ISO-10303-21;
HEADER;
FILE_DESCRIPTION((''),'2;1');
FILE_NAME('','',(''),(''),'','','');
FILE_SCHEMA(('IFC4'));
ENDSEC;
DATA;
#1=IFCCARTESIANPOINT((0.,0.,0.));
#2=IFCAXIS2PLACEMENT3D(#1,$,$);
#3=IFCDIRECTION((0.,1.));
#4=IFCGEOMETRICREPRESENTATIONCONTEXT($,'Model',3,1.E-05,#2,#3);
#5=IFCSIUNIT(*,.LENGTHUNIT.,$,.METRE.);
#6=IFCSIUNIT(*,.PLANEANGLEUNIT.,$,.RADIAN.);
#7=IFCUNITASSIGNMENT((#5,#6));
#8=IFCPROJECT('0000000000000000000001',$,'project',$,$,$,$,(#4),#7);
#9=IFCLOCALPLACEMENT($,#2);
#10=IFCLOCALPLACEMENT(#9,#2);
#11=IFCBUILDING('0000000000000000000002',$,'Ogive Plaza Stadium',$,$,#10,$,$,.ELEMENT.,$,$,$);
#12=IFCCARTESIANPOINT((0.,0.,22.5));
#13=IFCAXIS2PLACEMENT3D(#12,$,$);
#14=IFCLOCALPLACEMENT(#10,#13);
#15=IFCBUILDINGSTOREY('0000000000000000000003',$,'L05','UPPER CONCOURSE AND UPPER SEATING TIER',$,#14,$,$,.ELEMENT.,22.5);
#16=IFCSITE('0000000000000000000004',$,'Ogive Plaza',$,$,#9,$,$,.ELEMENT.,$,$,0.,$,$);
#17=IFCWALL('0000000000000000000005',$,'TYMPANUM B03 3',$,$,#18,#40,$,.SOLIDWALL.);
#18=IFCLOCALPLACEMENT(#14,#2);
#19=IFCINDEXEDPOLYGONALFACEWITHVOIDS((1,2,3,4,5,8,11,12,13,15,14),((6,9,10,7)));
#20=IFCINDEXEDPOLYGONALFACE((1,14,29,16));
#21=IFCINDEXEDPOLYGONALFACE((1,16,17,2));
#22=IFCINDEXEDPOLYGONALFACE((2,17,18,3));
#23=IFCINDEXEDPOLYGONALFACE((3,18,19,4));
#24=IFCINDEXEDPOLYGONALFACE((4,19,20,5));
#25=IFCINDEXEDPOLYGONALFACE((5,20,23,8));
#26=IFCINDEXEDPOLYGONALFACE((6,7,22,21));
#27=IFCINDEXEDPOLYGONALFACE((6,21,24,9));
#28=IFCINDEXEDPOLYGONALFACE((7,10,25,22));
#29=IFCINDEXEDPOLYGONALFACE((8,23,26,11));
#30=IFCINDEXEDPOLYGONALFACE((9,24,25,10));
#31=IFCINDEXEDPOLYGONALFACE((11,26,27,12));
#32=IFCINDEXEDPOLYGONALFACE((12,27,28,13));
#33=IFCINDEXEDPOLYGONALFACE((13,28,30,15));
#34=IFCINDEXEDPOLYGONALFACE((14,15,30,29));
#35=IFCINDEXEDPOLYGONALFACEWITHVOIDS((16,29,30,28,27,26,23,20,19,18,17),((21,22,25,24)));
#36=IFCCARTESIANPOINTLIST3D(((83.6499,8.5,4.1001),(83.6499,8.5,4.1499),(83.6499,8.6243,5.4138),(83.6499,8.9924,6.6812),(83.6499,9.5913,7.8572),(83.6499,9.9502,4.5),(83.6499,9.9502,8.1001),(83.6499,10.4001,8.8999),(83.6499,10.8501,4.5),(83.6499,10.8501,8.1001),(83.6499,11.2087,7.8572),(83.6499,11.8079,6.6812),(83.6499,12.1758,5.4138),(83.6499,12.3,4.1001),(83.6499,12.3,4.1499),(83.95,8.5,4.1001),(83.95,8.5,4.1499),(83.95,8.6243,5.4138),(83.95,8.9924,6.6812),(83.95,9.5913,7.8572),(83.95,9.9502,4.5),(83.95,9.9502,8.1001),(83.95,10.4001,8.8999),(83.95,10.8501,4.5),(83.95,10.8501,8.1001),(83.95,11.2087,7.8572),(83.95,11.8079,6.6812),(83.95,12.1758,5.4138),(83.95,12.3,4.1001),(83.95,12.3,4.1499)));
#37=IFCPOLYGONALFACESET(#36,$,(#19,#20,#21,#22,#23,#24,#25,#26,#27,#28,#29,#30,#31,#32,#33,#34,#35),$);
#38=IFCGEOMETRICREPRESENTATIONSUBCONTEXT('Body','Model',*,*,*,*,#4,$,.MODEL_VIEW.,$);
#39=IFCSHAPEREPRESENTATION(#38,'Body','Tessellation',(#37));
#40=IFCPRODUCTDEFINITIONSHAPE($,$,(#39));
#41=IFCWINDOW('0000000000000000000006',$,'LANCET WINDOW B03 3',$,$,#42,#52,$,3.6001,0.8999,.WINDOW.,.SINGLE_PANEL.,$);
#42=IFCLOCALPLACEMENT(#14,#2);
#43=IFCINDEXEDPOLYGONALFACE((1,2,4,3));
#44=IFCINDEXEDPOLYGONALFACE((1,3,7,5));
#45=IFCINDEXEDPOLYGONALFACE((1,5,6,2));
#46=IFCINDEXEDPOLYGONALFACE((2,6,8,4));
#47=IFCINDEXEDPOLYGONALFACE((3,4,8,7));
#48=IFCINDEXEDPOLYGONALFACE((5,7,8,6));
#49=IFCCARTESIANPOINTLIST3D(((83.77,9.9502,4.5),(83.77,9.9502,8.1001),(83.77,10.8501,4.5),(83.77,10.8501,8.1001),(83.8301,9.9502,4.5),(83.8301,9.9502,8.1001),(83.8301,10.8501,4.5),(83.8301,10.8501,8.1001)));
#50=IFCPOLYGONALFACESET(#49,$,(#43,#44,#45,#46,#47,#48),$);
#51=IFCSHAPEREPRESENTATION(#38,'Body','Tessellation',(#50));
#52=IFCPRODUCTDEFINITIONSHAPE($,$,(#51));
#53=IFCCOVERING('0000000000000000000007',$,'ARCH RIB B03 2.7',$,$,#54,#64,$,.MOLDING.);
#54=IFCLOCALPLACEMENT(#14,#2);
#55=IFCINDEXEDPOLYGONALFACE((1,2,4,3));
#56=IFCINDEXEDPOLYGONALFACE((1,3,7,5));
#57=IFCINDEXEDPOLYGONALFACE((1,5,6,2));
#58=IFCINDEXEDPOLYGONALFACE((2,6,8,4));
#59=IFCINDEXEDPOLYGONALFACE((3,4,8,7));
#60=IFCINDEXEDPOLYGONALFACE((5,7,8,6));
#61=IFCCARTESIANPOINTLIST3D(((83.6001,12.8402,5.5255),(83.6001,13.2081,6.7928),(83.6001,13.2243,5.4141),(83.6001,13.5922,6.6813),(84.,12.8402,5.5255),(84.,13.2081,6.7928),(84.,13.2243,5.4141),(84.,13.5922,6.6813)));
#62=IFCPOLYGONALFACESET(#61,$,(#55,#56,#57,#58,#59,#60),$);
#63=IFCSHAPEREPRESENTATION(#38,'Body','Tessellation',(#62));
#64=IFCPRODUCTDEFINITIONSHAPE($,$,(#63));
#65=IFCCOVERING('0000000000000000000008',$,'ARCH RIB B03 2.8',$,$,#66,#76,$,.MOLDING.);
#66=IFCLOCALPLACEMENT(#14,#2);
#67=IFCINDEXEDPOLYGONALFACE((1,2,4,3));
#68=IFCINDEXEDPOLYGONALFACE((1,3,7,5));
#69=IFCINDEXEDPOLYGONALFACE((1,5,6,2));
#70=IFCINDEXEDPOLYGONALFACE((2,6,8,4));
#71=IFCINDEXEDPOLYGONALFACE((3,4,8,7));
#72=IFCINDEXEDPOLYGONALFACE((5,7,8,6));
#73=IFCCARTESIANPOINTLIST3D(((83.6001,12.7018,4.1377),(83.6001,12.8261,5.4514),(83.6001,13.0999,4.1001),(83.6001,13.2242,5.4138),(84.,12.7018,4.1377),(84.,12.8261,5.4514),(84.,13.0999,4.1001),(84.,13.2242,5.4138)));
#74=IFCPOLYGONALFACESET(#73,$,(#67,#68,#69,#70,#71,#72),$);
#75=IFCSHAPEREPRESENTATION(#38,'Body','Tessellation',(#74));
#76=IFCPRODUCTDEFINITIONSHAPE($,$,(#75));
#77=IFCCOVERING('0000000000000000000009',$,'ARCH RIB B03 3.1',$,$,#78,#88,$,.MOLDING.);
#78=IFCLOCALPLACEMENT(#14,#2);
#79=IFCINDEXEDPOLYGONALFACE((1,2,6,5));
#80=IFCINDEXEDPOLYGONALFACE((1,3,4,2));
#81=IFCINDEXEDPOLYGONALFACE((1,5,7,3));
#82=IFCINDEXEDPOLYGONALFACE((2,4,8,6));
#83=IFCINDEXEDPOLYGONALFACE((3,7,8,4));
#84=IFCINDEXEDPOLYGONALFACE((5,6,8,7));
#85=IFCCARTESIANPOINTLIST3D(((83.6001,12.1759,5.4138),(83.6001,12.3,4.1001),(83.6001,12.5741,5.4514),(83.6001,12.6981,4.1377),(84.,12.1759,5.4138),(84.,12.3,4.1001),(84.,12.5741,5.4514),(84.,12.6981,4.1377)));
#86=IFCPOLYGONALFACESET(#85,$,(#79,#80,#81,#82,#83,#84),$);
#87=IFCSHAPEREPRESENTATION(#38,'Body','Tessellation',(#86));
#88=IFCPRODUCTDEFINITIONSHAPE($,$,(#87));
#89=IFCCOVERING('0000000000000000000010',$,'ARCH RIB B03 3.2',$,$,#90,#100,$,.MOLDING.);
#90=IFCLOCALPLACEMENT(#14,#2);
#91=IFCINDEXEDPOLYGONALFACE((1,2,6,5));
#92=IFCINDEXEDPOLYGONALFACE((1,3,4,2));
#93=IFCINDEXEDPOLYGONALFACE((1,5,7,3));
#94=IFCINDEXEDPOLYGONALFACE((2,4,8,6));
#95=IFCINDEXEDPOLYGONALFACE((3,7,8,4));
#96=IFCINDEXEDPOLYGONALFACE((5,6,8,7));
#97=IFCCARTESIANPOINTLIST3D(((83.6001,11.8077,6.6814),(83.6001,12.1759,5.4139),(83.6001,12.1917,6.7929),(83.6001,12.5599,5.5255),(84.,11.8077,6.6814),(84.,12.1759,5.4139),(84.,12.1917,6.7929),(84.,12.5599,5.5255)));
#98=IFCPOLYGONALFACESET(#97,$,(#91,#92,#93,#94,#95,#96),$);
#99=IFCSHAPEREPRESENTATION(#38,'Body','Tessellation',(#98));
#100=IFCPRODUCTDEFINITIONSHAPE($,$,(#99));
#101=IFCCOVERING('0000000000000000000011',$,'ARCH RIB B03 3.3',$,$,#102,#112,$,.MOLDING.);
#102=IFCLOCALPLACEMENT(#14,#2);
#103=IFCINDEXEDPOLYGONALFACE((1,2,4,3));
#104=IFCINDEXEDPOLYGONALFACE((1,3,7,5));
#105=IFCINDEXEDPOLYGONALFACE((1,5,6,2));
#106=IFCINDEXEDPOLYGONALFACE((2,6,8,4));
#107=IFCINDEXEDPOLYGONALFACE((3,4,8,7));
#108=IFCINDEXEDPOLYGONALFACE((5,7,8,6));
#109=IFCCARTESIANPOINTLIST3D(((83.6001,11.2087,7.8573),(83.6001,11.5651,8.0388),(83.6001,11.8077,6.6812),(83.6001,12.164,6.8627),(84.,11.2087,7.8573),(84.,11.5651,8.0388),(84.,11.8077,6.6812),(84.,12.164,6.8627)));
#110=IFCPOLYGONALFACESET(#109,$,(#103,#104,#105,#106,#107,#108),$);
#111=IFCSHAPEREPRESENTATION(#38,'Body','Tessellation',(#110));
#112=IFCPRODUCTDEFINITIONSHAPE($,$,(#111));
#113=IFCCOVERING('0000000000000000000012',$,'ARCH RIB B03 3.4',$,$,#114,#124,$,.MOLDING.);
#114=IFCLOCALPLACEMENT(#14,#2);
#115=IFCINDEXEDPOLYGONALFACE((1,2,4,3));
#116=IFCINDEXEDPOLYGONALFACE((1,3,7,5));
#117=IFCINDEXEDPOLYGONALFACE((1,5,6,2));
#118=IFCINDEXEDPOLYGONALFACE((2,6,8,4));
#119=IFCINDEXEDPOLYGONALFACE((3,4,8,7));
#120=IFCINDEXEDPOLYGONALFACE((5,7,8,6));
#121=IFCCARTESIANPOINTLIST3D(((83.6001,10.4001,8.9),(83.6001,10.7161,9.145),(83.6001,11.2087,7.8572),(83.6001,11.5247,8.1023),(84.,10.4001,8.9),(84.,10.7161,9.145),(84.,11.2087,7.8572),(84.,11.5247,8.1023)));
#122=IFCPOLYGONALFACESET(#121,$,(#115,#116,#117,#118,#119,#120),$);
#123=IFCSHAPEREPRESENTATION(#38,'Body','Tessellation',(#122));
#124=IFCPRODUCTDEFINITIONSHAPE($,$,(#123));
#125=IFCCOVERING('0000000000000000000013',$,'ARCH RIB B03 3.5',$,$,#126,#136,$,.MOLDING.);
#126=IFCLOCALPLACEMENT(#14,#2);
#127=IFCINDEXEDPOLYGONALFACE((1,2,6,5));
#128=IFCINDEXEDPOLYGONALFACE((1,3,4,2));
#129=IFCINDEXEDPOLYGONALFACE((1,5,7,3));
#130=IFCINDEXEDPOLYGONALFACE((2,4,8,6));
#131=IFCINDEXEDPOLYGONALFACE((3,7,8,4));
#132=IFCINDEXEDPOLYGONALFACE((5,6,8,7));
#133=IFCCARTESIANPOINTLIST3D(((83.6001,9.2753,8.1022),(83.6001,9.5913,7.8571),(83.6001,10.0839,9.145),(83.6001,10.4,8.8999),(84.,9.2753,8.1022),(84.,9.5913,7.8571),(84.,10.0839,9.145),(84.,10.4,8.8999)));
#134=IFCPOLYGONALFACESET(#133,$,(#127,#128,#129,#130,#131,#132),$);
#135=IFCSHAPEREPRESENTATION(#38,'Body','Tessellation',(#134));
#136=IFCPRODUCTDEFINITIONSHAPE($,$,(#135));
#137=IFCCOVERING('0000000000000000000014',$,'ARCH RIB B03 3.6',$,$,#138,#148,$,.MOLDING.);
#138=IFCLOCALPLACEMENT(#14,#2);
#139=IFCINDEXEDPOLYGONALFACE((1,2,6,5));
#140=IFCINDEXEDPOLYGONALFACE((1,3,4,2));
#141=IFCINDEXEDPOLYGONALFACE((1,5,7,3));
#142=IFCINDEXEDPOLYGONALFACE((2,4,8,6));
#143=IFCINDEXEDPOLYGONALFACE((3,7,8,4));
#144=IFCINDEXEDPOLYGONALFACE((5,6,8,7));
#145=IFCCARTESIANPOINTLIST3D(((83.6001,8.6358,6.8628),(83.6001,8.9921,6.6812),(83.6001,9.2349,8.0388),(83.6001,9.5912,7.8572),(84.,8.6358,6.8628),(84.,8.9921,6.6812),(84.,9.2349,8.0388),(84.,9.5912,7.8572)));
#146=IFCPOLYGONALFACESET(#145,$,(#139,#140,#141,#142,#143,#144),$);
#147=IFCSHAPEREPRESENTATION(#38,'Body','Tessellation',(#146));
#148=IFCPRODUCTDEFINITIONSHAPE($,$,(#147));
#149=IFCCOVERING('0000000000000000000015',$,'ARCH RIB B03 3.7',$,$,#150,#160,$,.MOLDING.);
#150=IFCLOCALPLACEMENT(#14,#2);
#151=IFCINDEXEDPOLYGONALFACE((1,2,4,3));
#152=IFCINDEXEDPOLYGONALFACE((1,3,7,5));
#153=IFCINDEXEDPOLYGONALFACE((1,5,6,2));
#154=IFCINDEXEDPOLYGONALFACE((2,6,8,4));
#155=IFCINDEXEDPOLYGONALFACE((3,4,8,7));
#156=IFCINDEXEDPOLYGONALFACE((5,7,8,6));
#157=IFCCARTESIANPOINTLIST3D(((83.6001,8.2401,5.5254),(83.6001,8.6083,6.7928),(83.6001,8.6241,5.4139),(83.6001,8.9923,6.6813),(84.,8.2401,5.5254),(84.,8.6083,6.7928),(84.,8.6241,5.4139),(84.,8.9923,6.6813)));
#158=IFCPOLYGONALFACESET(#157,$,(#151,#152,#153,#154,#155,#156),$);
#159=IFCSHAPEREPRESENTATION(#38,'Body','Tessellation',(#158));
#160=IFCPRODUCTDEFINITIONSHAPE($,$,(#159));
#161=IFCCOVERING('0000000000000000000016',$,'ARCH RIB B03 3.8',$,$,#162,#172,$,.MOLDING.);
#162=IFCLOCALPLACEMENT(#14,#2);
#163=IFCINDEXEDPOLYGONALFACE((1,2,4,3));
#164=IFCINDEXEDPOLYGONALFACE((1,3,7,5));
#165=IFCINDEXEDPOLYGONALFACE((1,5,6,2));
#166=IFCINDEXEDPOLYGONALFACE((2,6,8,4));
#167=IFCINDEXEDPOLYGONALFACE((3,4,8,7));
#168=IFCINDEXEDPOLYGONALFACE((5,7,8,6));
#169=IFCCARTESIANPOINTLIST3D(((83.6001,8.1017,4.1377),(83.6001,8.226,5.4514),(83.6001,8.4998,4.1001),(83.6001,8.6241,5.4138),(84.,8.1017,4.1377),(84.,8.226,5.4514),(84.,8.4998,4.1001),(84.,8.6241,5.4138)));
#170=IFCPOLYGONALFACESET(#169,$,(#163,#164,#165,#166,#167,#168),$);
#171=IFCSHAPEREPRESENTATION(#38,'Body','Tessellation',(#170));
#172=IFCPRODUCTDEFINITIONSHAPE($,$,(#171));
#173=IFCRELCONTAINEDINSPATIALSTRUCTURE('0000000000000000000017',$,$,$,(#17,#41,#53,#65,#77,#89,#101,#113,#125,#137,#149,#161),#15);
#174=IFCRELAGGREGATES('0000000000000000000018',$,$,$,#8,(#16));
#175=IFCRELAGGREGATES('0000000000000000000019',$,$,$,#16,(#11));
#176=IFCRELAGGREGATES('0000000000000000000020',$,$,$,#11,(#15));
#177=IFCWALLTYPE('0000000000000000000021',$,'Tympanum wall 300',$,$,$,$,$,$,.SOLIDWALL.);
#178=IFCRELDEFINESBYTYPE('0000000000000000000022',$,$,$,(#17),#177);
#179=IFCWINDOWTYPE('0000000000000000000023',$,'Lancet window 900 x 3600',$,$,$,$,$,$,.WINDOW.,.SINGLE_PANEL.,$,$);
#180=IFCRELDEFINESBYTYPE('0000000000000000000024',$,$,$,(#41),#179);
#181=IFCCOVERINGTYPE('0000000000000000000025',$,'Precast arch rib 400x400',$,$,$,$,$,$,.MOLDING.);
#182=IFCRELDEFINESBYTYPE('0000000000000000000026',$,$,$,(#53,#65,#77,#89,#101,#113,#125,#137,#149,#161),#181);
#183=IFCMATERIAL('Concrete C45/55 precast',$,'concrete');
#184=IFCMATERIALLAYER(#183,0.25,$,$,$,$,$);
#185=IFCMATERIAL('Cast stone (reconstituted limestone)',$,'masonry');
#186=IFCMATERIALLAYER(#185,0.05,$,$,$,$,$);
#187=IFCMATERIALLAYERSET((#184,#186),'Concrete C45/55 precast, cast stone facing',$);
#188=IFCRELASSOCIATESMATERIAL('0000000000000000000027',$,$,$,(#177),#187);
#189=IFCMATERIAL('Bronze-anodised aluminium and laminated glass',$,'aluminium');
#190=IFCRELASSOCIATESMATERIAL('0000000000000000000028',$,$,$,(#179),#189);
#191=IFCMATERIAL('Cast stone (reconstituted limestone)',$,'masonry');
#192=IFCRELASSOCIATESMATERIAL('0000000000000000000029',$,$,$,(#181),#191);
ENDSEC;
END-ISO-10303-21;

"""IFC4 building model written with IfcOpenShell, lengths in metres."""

from ifc_helpers import new_model, si_unit, direction, frame, frame_2d, origin, origin_2d, place, context, subcontext, project, spatial, polyline, rectangle, outline, extrude, material, layer, layer_set, material_profile, profile_set, type_object, element, fill, save


model = new_model("IFC4")

# Units and contexts
model_context = context("Model", 3, precision=1e-05, world=origin(), true_north=direction((0.0, 1.0)))
body_context = subcontext(model_context, "Body", "Model", "MODEL_VIEW")
ifc_project = project(units=[si_unit("LENGTHUNIT", "METRE"), si_unit("PLANEANGLEUNIT", "RADIAN")], contexts=[model_context])

# Site, building, storey
site_placement = place(None, origin())
site = spatial("IfcSite", under=ifc_project, at=site_placement, Name="Ogive Plaza", CompositionType="ELEMENT", RefElevation=0.0)
building_placement = place(site_placement, origin())
building = spatial("IfcBuilding", under=site, at=building_placement, Name="Ogive Plaza Stadium", CompositionType="ELEMENT")
storey_placement = place(building_placement, frame((0.0, 0.0, 22.5)))
storey = spatial("IfcBuildingStorey", under=building, at=storey_placement, Name="L05", Description="UPPER CONCOURSE AND UPPER SEATING TIER", CompositionType="ELEMENT", Elevation=22.5)

# Wall, opening, window
ifc_material_1 = material(Name="Concrete C45/55 precast", Category="concrete")
ifc_layer_1 = layer(ifc_material_1, 0.25)
ifc_material_2 = material(Name="Cast stone (reconstituted limestone)", Category="masonry")
ifc_layer_2 = layer(ifc_material_2, 0.05)
ifc_layer_set_1 = layer_set([ifc_layer_1, ifc_layer_2], Name="Concrete C45/55 precast, cast stone facing")
wall_type = type_object("IfcWallType", Name="Tympanum wall 300", PredefinedType="SOLIDWALL", material=ifc_layer_set_1)
wall_placement = place(storey_placement, frame((83.8, 12.3, 4.1001), z_axis=(0.0, 0.0, 1.0), x_axis=(0.0, -1.0, 0.0)))
wall = element("IfcWall", 1, at=wall_placement, inside=storey, type_object=wall_type, Name="TYMPANUM B03 3", PredefinedType="SOLIDWALL", context=body_context, shape_type="SweptSolid", body=[
    extrude(outline(polyline([(0.0, 0.0), (3.8, 0.0), (3.8, 0.0498), (3.6758, 1.3137), (3.3076, 2.5811), (2.7087, 3.7571), (1.8999, 4.7998), (1.0913, 3.7571), (0.4922, 2.5811), (0.1243, 1.3137), (0.0, 0.0498), (0.0, 0.0)])), frame((0.0, 0.1499, 0.0), z_axis=(0.0, -1.0, 0.0), x_axis=(1.0, 0.0, 0.0)), (0.0, 0.0, 1.0), 0.3),
])
opening_placement = place(wall_placement, frame((1.45, 0.0, 0.3999)))
opening = element("IfcOpeningElement", 2, at=opening_placement, cuts=wall, PredefinedType="OPENING", context=body_context, shape_type="SweptSolid", body=[
    extrude(rectangle(XDim=0.8999, YDim=3.6001, at=frame_2d((0.45, 1.8))), frame((0.0, 0.1602, 0.0), z_axis=(0.0, -1.0, 0.0), x_axis=(1.0, 0.0, 0.0)), (0.0, 0.0, 1.0), 0.3201),
])
ifc_material_3 = material(Name="Bronze-anodised aluminium and laminated glass", Category="aluminium")
window_type = type_object("IfcWindowType", Name="Lancet window 900 x 3600", PartitioningType="SINGLE_PANEL", PredefinedType="WINDOW", material=ifc_material_3)
window_placement = place(opening_placement, origin())
window = element("IfcWindow", 3, at=window_placement, inside=storey, type_object=window_type, Name="LANCET WINDOW B03 3", OverallHeight=3.6001, OverallWidth=0.8999, PartitioningType="SINGLE_PANEL", PredefinedType="WINDOW", context=body_context, shape_type="SweptSolid", body=[
    extrude(rectangle(XDim=0.8999, YDim=3.6001, at=frame_2d((0.45, 1.8))), frame((0.0, 0.03, 0.0), z_axis=(0.0, -1.0, 0.0), x_axis=(1.0, 0.0, 0.0)), (0.0, 0.0, 1.0), 0.0601),
])
fill(opening, window)

# Coverings
ifc_material_4 = material(Name="Cast stone (reconstituted limestone)", Category="masonry")
ifc_material_profile_1 = material_profile(ifc_material_4, rectangle(XDim=0.3999, YDim=0.3999, at=origin_2d()), Name="Cast stone 400x400")
ifc_profile_set_1 = profile_set([ifc_material_profile_1], Name="Cast stone (reconstituted limestone)")
covering_type = type_object("IfcCoveringType", Name="Precast arch rib 400x400", PredefinedType="MOLDING", material=ifc_profile_set_1)
for number, where, z_axis, x_axis, name in (
    (4, (83.8, 13.4001, 6.7371), (0.0, -0.278799, -0.960349), (1.0, 0.0, 0.0), "ARCH RIB B03 2.7"),
    (5, (83.8, 13.0251, 5.4326), (0.0, -0.094172, -0.995556), (1.0, 0.0, 0.0), "ARCH RIB B03 2.8"),
    (6, (83.8, 12.499, 4.1189), (0.0, -0.093988, 0.995573), (1.0, 0.0, 0.0), "ARCH RIB B03 3.1"),
):
    element("IfcCovering", number, at=place(storey_placement, frame(where, z_axis=z_axis, x_axis=x_axis)), inside=storey, type_object=covering_type, Name=name, PredefinedType="MOLDING", context=body_context, shape_type="SweptSolid", body=[
        extrude(rectangle(XDim=0.3999, YDim=0.3999, at=origin_2d()), origin(), (0.0, 0.0, 1.0), 1.3196),
    ])
for number, where, z_axis, x_axis, name in (
    (7, (83.8, 12.3679, 5.4697), (0.0, -0.27897, 0.9603), (1.0, 0.0, 0.0), "ARCH RIB B03 3.2"),
    (8, (83.8, 11.9858, 6.772), (0.0, -0.453787, 0.89111), (1.0, 0.0, 0.0), "ARCH RIB B03 3.3"),
):
    element("IfcCovering", number, at=place(storey_placement, frame(where, z_axis=z_axis, x_axis=x_axis)), inside=storey, type_object=covering_type, Name=name, PredefinedType="MOLDING", context=body_context, shape_type="SweptSolid", body=[
        extrude(rectangle(XDim=0.3999, YDim=0.3999, at=origin_2d()), origin(), (0.0, 0.0, 1.0), 1.3198),
    ])
for number, where, z_axis, x_axis, name in (
    (9, (83.8, 11.3667, 7.9797), (0.0, -0.6128, 0.790238), (1.0, 0.0, 0.0), "ARCH RIB B03 3.4"),
    (10, (83.8, 10.2419, 9.0225), (0.0, -0.6128, -0.790238), (1.0, 0.0, 0.0), "ARCH RIB B03 3.5"),
):
    element("IfcCovering", number, at=place(storey_placement, frame(where, z_axis=z_axis, x_axis=x_axis)), inside=storey, type_object=covering_type, Name=name, PredefinedType="MOLDING", context=body_context, shape_type="SweptSolid", body=[
        extrude(rectangle(XDim=0.3999, YDim=0.3999, at=origin_2d()), origin(), (0.0, 0.0, 1.0), 1.3196),
    ])
for number, where, z_axis, x_axis, name in (
    (11, (83.8, 9.4131, 7.948), (0.0, -0.453934, -0.891035), (1.0, 0.0, 0.0), "ARCH RIB B03 3.6"),
    (12, (83.8, 8.8003, 6.7371), (0.0, -0.27897, -0.9603), (1.0, 0.0, 0.0), "ARCH RIB B03 3.7"),
):
    element("IfcCovering", number, at=place(storey_placement, frame(where, z_axis=z_axis, x_axis=x_axis)), inside=storey, type_object=covering_type, Name=name, PredefinedType="MOLDING", context=body_context, shape_type="SweptSolid", body=[
        extrude(rectangle(XDim=0.3999, YDim=0.3999, at=origin_2d()), origin(), (0.0, 0.0, 1.0), 1.3198),
    ])
covering_placement = place(storey_placement, frame((83.8, 8.425, 5.4326), z_axis=(0.0, -0.094172, -0.995556), x_axis=(1.0, 0.0, 0.0)))
element("IfcCovering", 13, at=covering_placement, inside=storey, type_object=covering_type, Name="ARCH RIB B03 3.8", PredefinedType="MOLDING", context=body_context, shape_type="SweptSolid", body=[
    extrude(rectangle(XDim=0.3999, YDim=0.3999, at=origin_2d()), origin(), (0.0, 0.0, 1.0), 1.3196),
])

save(model, "model.ifc")
